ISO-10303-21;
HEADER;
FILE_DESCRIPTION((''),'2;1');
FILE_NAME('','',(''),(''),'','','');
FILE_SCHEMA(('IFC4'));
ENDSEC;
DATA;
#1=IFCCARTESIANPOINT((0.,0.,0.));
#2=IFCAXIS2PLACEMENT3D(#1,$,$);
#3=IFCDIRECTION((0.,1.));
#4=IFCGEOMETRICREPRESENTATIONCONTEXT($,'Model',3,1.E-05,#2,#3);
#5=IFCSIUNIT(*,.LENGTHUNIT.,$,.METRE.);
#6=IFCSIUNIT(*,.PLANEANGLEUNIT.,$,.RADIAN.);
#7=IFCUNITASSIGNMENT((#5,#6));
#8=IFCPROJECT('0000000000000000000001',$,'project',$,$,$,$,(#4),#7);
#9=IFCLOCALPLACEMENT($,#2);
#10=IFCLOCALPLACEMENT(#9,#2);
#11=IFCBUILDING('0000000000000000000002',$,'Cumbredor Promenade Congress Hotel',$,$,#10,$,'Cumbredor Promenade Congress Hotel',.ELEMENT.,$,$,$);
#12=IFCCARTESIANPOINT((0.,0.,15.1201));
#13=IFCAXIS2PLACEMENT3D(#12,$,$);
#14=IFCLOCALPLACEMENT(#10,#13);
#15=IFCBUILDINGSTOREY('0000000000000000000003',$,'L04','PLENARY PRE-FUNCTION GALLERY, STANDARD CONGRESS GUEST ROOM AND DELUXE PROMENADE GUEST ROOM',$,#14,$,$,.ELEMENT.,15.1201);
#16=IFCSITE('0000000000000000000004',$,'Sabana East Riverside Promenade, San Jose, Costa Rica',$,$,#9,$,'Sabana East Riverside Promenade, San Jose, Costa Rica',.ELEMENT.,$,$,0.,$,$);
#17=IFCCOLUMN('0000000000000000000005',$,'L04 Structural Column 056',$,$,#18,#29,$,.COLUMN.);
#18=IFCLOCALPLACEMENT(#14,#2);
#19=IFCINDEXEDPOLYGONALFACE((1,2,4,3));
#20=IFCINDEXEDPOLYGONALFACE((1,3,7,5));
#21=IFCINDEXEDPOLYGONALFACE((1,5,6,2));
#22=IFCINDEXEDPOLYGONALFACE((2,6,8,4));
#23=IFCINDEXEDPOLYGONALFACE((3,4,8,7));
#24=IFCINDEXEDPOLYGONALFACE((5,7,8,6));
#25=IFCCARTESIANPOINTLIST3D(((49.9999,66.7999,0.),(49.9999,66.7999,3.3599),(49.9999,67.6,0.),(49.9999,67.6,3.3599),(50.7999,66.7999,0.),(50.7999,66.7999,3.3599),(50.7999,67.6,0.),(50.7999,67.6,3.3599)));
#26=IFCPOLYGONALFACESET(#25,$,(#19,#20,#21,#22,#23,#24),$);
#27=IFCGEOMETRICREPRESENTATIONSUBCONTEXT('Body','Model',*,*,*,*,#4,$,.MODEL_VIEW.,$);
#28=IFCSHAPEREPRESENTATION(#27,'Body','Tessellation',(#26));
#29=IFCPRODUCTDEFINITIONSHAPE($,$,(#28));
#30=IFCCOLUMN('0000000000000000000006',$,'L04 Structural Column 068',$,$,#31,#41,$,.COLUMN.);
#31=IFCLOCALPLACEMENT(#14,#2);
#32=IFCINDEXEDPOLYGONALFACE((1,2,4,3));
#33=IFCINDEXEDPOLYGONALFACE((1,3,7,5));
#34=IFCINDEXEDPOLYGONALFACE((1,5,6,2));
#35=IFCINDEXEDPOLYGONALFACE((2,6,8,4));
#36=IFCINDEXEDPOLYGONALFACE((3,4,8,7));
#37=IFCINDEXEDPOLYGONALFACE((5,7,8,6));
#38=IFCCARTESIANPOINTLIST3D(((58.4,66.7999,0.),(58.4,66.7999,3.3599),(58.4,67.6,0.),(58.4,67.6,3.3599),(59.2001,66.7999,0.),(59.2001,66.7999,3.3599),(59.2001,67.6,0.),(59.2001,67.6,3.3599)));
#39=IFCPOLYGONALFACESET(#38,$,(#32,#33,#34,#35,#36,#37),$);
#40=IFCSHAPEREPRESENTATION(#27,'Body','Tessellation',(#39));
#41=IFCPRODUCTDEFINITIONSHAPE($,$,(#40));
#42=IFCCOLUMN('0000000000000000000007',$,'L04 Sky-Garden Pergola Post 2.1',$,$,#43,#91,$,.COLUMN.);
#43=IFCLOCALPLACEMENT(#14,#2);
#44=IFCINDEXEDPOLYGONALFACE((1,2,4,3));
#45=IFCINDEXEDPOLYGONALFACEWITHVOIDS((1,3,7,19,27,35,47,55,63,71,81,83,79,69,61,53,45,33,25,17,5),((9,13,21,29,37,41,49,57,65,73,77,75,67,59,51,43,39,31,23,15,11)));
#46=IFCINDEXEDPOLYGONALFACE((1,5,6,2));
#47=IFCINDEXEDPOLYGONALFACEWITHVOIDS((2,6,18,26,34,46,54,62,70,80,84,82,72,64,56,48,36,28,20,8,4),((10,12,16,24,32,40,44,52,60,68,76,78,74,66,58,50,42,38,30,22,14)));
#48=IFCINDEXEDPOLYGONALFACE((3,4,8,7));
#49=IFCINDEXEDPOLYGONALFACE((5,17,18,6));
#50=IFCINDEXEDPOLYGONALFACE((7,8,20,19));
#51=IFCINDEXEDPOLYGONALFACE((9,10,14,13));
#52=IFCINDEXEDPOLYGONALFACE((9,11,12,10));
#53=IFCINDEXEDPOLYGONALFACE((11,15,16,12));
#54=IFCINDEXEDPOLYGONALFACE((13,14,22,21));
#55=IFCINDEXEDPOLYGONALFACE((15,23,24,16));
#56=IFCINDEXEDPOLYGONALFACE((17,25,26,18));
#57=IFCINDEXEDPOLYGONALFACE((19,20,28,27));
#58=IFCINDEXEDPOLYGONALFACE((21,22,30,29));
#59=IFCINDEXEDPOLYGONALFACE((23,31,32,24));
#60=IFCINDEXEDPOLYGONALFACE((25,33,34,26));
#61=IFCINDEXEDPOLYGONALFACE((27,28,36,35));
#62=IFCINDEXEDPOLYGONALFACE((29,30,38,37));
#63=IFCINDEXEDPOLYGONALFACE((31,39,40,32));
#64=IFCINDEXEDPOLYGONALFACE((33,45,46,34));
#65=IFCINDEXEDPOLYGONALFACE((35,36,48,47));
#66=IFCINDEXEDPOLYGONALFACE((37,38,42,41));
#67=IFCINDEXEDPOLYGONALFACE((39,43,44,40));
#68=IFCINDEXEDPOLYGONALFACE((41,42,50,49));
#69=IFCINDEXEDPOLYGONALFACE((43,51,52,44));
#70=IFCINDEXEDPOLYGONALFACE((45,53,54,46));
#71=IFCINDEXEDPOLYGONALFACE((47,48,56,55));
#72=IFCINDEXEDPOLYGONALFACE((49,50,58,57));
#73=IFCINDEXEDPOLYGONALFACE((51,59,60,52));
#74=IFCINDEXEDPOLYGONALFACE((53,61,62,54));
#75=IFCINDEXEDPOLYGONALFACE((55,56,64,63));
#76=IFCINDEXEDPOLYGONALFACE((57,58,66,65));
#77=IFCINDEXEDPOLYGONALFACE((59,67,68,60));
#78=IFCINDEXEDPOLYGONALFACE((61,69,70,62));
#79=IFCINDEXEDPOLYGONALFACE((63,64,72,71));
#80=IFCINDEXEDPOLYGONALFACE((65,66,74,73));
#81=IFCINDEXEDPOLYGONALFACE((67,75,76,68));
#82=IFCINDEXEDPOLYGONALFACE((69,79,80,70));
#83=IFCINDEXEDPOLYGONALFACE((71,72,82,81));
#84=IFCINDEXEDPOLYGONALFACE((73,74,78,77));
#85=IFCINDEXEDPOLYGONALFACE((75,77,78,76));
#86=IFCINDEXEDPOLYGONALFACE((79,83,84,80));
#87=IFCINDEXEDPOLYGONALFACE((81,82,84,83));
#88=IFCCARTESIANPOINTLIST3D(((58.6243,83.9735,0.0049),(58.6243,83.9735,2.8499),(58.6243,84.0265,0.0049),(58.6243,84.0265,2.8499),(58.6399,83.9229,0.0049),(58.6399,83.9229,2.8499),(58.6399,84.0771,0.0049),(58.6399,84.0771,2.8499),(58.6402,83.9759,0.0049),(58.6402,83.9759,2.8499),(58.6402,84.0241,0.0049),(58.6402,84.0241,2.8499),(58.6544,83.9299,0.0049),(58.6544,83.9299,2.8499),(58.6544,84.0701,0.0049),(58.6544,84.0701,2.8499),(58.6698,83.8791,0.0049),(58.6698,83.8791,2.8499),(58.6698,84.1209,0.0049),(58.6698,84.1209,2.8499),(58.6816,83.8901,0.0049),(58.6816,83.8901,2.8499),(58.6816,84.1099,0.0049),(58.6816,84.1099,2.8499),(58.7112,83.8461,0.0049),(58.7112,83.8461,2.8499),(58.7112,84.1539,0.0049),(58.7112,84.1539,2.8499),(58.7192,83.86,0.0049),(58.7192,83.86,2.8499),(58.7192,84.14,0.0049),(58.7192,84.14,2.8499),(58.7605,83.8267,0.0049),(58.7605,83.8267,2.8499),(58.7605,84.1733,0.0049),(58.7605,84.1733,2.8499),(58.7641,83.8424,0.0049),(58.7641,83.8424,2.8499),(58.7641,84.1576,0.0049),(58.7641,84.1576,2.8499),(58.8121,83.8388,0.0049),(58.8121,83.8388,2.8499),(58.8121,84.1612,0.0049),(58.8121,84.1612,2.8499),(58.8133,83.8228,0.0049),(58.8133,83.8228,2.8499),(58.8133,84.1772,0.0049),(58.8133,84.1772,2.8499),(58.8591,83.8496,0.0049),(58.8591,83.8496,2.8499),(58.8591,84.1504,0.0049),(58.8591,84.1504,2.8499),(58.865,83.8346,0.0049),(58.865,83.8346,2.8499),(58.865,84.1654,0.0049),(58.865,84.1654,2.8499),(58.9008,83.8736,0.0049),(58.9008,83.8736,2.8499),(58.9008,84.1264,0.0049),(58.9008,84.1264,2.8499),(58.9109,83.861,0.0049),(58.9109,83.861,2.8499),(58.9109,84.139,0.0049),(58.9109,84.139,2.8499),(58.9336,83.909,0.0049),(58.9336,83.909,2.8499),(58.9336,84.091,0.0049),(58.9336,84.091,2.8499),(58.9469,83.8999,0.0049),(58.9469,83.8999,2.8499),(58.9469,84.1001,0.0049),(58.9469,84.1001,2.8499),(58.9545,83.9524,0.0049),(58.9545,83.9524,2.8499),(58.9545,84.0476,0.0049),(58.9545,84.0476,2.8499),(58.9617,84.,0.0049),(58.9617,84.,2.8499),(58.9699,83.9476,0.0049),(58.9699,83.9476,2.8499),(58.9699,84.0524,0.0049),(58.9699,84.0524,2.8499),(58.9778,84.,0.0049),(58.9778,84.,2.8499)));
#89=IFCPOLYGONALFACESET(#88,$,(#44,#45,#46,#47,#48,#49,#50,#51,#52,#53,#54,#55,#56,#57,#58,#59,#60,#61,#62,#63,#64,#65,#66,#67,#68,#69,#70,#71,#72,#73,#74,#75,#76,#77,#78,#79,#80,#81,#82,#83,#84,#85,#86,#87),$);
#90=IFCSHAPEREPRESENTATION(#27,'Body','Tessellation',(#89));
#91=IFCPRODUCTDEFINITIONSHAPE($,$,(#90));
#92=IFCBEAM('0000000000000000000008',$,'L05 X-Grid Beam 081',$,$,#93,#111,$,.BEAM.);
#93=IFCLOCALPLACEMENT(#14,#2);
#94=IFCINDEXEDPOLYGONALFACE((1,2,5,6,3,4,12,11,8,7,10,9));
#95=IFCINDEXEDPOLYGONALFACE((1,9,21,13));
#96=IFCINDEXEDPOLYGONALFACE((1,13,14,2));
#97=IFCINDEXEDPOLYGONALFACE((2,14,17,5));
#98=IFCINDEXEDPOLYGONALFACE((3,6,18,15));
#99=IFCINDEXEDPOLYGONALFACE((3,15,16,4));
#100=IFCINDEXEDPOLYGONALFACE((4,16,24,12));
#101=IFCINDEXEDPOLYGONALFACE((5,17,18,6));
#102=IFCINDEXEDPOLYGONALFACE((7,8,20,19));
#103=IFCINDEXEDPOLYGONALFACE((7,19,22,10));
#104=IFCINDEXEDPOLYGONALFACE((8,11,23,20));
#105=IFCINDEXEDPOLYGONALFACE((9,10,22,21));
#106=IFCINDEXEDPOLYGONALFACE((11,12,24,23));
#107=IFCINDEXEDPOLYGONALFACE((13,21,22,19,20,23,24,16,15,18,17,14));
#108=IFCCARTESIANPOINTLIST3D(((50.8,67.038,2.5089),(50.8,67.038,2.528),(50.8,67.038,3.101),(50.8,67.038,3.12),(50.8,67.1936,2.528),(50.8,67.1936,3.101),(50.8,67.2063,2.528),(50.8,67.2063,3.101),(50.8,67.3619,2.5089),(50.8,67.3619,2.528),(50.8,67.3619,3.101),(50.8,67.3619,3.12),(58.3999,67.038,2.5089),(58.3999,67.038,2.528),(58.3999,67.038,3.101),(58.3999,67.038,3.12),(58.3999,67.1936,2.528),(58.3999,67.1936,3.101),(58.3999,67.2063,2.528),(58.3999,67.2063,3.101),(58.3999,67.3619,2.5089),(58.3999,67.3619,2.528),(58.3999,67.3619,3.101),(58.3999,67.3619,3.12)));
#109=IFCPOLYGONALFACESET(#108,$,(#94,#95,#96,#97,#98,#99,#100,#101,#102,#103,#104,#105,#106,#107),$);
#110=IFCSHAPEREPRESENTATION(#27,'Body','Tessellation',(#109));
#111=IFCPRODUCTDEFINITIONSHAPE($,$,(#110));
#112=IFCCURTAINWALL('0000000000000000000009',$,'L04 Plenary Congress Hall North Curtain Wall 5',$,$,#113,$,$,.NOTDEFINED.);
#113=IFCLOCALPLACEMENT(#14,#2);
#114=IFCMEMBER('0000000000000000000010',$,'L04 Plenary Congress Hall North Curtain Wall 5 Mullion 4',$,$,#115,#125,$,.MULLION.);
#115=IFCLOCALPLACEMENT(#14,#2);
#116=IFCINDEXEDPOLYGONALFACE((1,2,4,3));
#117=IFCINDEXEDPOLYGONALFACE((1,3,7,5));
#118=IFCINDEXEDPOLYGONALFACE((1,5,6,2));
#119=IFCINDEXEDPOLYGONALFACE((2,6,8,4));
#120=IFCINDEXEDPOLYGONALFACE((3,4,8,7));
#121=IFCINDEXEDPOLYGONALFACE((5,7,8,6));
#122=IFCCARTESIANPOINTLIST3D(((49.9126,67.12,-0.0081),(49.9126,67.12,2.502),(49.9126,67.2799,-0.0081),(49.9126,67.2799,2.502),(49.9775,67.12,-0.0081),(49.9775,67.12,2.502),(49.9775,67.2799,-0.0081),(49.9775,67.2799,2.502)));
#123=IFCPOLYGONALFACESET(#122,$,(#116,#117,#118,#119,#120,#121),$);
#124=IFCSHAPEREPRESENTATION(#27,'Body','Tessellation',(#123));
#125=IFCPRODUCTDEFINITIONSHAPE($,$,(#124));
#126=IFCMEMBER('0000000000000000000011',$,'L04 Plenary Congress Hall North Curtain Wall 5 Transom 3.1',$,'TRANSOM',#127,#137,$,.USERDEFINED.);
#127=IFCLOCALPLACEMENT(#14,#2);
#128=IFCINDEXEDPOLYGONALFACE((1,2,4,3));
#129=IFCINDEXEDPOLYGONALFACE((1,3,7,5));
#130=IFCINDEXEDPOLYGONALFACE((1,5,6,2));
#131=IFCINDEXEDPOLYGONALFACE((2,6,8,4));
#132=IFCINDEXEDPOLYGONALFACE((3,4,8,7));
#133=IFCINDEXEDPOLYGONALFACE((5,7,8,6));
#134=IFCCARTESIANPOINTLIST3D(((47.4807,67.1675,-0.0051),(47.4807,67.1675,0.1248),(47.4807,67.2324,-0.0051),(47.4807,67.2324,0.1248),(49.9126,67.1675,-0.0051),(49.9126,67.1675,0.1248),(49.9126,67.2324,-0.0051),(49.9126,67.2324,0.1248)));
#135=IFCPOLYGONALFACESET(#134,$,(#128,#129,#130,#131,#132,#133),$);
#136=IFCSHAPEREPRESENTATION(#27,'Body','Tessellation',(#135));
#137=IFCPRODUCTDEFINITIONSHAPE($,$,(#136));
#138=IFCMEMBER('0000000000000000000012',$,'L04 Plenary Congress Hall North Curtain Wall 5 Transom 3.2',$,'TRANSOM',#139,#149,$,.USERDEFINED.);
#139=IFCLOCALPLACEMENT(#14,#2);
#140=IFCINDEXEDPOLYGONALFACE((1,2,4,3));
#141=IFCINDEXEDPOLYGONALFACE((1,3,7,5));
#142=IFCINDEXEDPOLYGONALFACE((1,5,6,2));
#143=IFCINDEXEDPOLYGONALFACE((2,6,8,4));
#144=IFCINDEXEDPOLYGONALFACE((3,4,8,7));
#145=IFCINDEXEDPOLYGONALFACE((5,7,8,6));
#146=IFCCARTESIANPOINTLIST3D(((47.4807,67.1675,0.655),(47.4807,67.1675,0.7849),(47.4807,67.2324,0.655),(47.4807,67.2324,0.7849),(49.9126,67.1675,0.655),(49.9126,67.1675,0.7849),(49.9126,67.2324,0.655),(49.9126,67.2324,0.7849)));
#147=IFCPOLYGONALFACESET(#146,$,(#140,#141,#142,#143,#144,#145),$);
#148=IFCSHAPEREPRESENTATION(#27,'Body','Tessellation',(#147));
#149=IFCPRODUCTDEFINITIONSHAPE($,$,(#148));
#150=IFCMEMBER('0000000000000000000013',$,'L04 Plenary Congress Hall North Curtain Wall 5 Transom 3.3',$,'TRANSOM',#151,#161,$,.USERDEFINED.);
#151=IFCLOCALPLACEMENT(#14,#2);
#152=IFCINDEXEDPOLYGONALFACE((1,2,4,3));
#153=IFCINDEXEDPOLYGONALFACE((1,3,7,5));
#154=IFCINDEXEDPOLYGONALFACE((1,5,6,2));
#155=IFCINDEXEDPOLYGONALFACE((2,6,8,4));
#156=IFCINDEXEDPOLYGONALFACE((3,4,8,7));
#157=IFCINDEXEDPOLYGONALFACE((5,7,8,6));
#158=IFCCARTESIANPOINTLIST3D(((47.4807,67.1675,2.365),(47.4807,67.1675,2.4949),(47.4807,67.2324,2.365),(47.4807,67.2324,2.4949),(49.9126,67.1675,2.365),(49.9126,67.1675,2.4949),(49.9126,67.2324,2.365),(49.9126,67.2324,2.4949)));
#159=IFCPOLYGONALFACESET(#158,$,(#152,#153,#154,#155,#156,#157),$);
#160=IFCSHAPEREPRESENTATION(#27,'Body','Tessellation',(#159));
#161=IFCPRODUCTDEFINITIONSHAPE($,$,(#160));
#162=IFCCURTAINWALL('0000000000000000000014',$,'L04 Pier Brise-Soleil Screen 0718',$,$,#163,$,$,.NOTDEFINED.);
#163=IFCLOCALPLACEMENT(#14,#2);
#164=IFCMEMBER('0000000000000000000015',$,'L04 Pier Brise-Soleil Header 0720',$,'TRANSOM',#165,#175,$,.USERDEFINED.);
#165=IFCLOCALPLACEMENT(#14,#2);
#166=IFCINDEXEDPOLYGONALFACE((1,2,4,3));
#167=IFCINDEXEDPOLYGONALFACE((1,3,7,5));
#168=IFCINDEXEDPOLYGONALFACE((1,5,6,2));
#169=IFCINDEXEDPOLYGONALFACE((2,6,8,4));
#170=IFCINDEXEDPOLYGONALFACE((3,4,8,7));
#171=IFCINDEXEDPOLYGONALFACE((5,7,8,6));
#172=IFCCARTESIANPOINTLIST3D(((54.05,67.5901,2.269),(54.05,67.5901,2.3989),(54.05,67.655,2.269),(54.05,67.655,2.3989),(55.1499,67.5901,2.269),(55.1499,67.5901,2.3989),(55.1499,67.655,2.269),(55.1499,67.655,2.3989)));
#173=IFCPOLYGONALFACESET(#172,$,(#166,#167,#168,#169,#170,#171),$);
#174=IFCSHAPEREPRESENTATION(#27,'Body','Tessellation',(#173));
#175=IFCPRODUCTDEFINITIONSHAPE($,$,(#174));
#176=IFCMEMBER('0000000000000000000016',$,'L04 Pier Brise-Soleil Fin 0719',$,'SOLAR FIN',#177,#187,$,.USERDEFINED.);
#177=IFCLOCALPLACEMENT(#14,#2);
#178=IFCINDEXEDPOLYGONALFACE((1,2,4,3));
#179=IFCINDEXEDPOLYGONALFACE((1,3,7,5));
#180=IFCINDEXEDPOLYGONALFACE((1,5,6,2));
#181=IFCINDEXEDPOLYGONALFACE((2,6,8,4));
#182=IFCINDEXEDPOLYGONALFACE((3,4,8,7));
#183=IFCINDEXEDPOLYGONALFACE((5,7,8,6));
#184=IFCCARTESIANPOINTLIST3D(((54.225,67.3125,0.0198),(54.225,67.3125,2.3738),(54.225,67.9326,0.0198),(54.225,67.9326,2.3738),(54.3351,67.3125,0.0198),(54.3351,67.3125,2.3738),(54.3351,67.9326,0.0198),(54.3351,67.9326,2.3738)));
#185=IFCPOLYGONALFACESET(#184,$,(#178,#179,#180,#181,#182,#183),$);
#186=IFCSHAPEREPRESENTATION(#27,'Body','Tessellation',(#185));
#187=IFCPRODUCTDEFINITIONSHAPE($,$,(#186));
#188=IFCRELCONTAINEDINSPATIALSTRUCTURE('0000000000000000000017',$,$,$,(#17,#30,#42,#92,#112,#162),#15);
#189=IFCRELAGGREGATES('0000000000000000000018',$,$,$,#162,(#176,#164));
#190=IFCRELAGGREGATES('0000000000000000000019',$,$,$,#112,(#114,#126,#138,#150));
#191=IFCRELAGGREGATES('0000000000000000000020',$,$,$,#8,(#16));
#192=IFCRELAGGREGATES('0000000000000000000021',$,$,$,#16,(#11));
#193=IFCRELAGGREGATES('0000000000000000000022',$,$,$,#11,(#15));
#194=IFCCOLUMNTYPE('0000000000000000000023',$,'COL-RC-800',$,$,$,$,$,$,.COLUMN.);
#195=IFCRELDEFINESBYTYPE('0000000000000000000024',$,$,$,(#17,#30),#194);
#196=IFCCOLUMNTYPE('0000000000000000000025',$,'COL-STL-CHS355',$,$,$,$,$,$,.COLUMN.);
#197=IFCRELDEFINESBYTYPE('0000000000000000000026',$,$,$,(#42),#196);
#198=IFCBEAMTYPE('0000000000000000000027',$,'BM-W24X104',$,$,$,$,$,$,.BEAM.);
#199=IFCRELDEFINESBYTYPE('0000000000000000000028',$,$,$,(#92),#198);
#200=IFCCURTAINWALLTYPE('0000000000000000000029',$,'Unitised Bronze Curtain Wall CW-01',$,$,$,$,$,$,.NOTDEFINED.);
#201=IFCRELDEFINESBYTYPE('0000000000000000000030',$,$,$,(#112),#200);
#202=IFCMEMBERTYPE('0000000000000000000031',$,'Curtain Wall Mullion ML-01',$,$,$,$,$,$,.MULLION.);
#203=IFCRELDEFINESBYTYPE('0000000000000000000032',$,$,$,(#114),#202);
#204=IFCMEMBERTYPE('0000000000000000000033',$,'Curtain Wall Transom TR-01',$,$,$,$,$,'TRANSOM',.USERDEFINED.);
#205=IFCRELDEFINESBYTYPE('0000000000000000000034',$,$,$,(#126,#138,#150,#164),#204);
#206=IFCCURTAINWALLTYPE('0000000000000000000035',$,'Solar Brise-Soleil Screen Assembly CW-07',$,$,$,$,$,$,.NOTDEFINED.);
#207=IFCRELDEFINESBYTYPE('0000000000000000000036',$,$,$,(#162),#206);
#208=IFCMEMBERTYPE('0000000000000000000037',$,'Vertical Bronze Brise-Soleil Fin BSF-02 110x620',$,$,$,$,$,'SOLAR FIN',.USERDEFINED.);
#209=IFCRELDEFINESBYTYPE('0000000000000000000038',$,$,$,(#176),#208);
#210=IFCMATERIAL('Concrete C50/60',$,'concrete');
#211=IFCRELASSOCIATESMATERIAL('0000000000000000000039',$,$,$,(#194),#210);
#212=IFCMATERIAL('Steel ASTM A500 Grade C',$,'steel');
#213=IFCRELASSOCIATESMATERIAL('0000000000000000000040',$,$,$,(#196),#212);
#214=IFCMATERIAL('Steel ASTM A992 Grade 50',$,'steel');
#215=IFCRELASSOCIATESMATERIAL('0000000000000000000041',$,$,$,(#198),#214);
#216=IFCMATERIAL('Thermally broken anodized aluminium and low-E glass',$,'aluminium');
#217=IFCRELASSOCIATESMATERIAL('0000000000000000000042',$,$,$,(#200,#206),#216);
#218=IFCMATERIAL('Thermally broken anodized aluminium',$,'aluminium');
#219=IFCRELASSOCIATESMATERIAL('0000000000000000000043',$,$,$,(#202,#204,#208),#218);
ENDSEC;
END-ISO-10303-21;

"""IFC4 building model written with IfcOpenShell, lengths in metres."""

from ifc_helpers import new_model, si_unit, direction, frame, origin, origin_2d, place, context, subcontext, project, spatial, rectangle, hollow_circle, i_section, extrude, material, material_profile, profile_set, type_object, element, aggregate, save


model = new_model("IFC4")

# Units and contexts
model_context = context("Model", 3, precision=1e-05, world=origin(), true_north=direction((0.0, 1.0)))
body_context = subcontext(model_context, "Body", "Model", "MODEL_VIEW")
ifc_project = project(units=[si_unit("LENGTHUNIT", "METRE"), si_unit("PLANEANGLEUNIT", "RADIAN")], contexts=[model_context])

# Site, building, storey
site_placement = place(None, origin())
site = spatial("IfcSite", under=ifc_project, at=site_placement, Name="Sabana East Riverside Promenade, San Jose, Costa Rica", LongName="Sabana East Riverside Promenade, San Jose, Costa Rica", CompositionType="ELEMENT", RefElevation=0.0)
building_placement = place(site_placement, origin())
building = spatial("IfcBuilding", under=site, at=building_placement, Name="Cumbredor Promenade Congress Hotel", LongName="Cumbredor Promenade Congress Hotel", CompositionType="ELEMENT")
storey_placement = place(building_placement, frame((0.0, 0.0, 15.1201)))
storey = spatial("IfcBuildingStorey", under=building, at=storey_placement, Name="L04", Description="PLENARY PRE-FUNCTION GALLERY, STANDARD CONGRESS GUEST ROOM AND DELUXE PROMENADE GUEST ROOM", CompositionType="ELEMENT", Elevation=15.1201)

# Columns
ifc_material_1 = material(Name="Concrete C50/60", Category="concrete")
ifc_material_profile_1 = material_profile(ifc_material_1, rectangle(XDim=0.8, YDim=0.8, at=origin_2d()), Name="RC 800x800")
ifc_profile_set_1 = profile_set([ifc_material_profile_1], Name="Concrete C50/60")
column_type_1 = type_object("IfcColumnType", Name="COL-RC-800", PredefinedType="COLUMN", material=ifc_profile_set_1)
for number, where, z_axis, x_axis, name in (
    (1, (50.3999, 67.2, 0.0), (0.0, 0.0, 1.0), (1.0, 0.0, 0.0), "L04 Structural Column 056"),
    (2, (58.8, 67.2, 0.0), (0.0, 0.0, 1.0), (1.0, 0.0, 0.0), "L04 Structural Column 068"),
):
    element("IfcColumn", number, at=place(storey_placement, frame(where, z_axis=z_axis, x_axis=x_axis)), inside=storey, type_object=column_type_1, Name=name, PredefinedType="COLUMN", context=body_context, shape_type="SweptSolid", body=[
        extrude(rectangle(XDim=0.8, YDim=0.8, at=origin_2d()), origin(), (0.0, 0.0, 1.0), 3.3599),
    ])
ifc_material_2 = material(Name="Steel ASTM A500 Grade C", Category="steel")
ifc_material_profile_2 = material_profile(ifc_material_2, hollow_circle(Radius=0.1777, WallThickness=0.0161, at=origin_2d()), Name="CHS 355.6x16")
ifc_profile_set_2 = profile_set([ifc_material_profile_2], Name="Steel ASTM A500 Grade C")
column_type_2 = type_object("IfcColumnType", Name="COL-STL-CHS355", PredefinedType="COLUMN", material=ifc_profile_set_2)
column_placement = place(storey_placement, frame((58.8, 84.0, 0.0049), z_axis=(0.0, 0.0, 1.0), x_axis=(1.0, 0.0, 0.0)))
element("IfcColumn", 3, at=column_placement, inside=storey, type_object=column_type_2, Name="L04 Sky-Garden Pergola Post 2.1", PredefinedType="COLUMN", context=body_context, shape_type="SweptSolid", body=[
    extrude(hollow_circle(Radius=0.1777, WallThickness=0.0161, at=origin_2d()), origin(), (0.0, 0.0, 1.0), 2.845),
])

# Beam
ifc_material_3 = material(Name="Steel ASTM A992 Grade 50", Category="steel")
ifc_material_profile_3 = material_profile(ifc_material_3, i_section(OverallWidth=0.324, OverallDepth=0.6111, WebThickness=0.0127, FlangeThickness=0.019, at=origin_2d()), Name="W24X104")
ifc_profile_set_3 = profile_set([ifc_material_profile_3], Name="Steel ASTM A992 Grade 50")
beam_type = type_object("IfcBeamType", Name="BM-W24X104", PredefinedType="BEAM", material=ifc_profile_set_3)
beam_placement = place(storey_placement, frame((50.8, 67.2, 2.8145), z_axis=(1.0, 0.0, 0.0), x_axis=(0.0, 1.0, 0.0)))
element("IfcBeam", 4, at=beam_placement, inside=storey, type_object=beam_type, Name="L05 X-Grid Beam 081", PredefinedType="BEAM", context=body_context, shape_type="SweptSolid", body=[
    extrude(i_section(OverallWidth=0.324, OverallDepth=0.6111, WebThickness=0.0127, FlangeThickness=0.019, at=origin_2d()), origin(), (0.0, 0.0, 1.0), 7.5999),
])

# Curtain walls, members
ifc_material_4 = material(Name="Thermally broken anodized aluminium and low-E glass", Category="aluminium")
curtain_wall_type_1 = type_object("IfcCurtainWallType", Name="Unitised Bronze Curtain Wall CW-01", PredefinedType="NOTDEFINED", material=ifc_material_4)
curtain_wall_1_placement = place(storey_placement, origin())
curtain_wall_1 = element("IfcCurtainWall", 5, at=curtain_wall_1_placement, inside=storey, type_object=curtain_wall_type_1, Name="L04 Plenary Congress Hall North Curtain Wall 5", PredefinedType="NOTDEFINED")
ifc_material_5 = material(Name="Thermally broken anodized aluminium", Category="aluminium")
ifc_material_profile_4 = material_profile(ifc_material_5, rectangle(XDim=0.0649, YDim=0.1599, at=origin_2d()), Name="ALU MULLION 65x160")
ifc_profile_set_4 = profile_set([ifc_material_profile_4], Name="Thermally broken anodized aluminium")
member_type_1 = type_object("IfcMemberType", Name="Curtain Wall Mullion ML-01", PredefinedType="MULLION", material=ifc_profile_set_4)
member_1_placement = place(storey_placement, frame((49.9451, 67.2, -0.0081), z_axis=(0.0, 0.0, 1.0), x_axis=(1.0, 0.0, 0.0)))
member_1 = element("IfcMember", 6, at=member_1_placement, type_object=member_type_1, Name="L04 Plenary Congress Hall North Curtain Wall 5 Mullion 4", PredefinedType="MULLION", context=body_context, shape_type="SweptSolid", body=[
    extrude(rectangle(XDim=0.0649, YDim=0.1599, at=origin_2d()), origin(), (0.0, 0.0, 1.0), 2.51),
])
ifc_material_profile_5 = material_profile(ifc_material_5, rectangle(XDim=0.0649, YDim=0.1299, at=origin_2d()), Name="ALU TRANSOM 65x130")
ifc_profile_set_5 = profile_set([ifc_material_profile_5], Name="Thermally broken anodized aluminium")
member_type_2 = type_object("IfcMemberType", Name="Curtain Wall Transom TR-01", ElementType="TRANSOM", PredefinedType="USERDEFINED", material=ifc_profile_set_5)
member_2_placement = place(storey_placement, frame((47.4807, 67.2, 0.0598), z_axis=(1.0, 0.0, 0.0), x_axis=(0.0, 1.0, 0.0)))
member_2 = element("IfcMember", 7, at=member_2_placement, type_object=member_type_2, Name="L04 Plenary Congress Hall North Curtain Wall 5 Transom 3.1", ObjectType="TRANSOM", PredefinedType="USERDEFINED", context=body_context, shape_type="SweptSolid", body=[
    extrude(rectangle(XDim=0.0649, YDim=0.1299, at=origin_2d()), origin(), (0.0, 0.0, 1.0), 2.4319),
])
member_3_placement = place(storey_placement, frame((47.4807, 67.2, 0.72), z_axis=(1.0, 0.0, 0.0), x_axis=(0.0, 1.0, 0.0)))
member_3 = element("IfcMember", 8, at=member_3_placement, type_object=member_type_2, Name="L04 Plenary Congress Hall North Curtain Wall 5 Transom 3.2", ObjectType="TRANSOM", PredefinedType="USERDEFINED", context=body_context, shape_type="SweptSolid", body=[
    extrude(rectangle(XDim=0.0649, YDim=0.1299, at=origin_2d()), origin(), (0.0, 0.0, 1.0), 2.4319),
])
member_4_placement = place(storey_placement, frame((47.4807, 67.2, 2.4299), z_axis=(1.0, 0.0, 0.0), x_axis=(0.0, 1.0, 0.0)))
member_4 = element("IfcMember", 9, at=member_4_placement, type_object=member_type_2, Name="L04 Plenary Congress Hall North Curtain Wall 5 Transom 3.3", ObjectType="TRANSOM", PredefinedType="USERDEFINED", context=body_context, shape_type="SweptSolid", body=[
    extrude(rectangle(XDim=0.0649, YDim=0.1299, at=origin_2d()), origin(), (0.0, 0.0, 1.0), 2.4319),
])
curtain_wall_type_2 = type_object("IfcCurtainWallType", Name="Solar Brise-Soleil Screen Assembly CW-07", PredefinedType="NOTDEFINED", material=ifc_material_4)
curtain_wall_2_placement = place(storey_placement, origin())
curtain_wall_2 = element("IfcCurtainWall", 10, at=curtain_wall_2_placement, inside=storey, type_object=curtain_wall_type_2, Name="L04 Pier Brise-Soleil Screen 0718", PredefinedType="NOTDEFINED")
member_5_placement = place(storey_placement, frame((54.05, 67.6226, 2.334), z_axis=(1.0, 0.0, 0.0), x_axis=(0.0, 1.0, 0.0)))
member_5 = element("IfcMember", 11, at=member_5_placement, type_object=member_type_2, Name="L04 Pier Brise-Soleil Header 0720", ObjectType="TRANSOM", PredefinedType="USERDEFINED", context=body_context, shape_type="SweptSolid", body=[
    extrude(rectangle(XDim=0.0649, YDim=0.1299, at=origin_2d()), origin(), (0.0, 0.0, 1.0), 1.0999),
])
ifc_material_profile_6 = material_profile(ifc_material_5, rectangle(XDim=0.1101, YDim=0.6201, at=origin_2d()), Name="ARCH FIN 110x620")
ifc_profile_set_6 = profile_set([ifc_material_profile_6], Name="Thermally broken anodized aluminium")
member_type_3 = type_object("IfcMemberType", Name="Vertical Bronze Brise-Soleil Fin BSF-02 110x620", ElementType="SOLAR FIN", PredefinedType="USERDEFINED", material=ifc_profile_set_6)
member_6_placement = place(storey_placement, frame((54.28, 67.6226, 0.0198), z_axis=(0.0, 0.0, 1.0), x_axis=(1.0, 0.0, 0.0)))
member_6 = element("IfcMember", 12, at=member_6_placement, type_object=member_type_3, Name="L04 Pier Brise-Soleil Fin 0719", ObjectType="SOLAR FIN", PredefinedType="USERDEFINED", context=body_context, shape_type="SweptSolid", body=[
    extrude(rectangle(XDim=0.1101, YDim=0.6201, at=origin_2d()), origin(), (0.0, 0.0, 1.0), 2.354),
])
aggregate(curtain_wall_2, [member_6, member_5])

aggregate(curtain_wall_1, [member_1, member_2, member_3, member_4])

save(model, "model.ifc")
